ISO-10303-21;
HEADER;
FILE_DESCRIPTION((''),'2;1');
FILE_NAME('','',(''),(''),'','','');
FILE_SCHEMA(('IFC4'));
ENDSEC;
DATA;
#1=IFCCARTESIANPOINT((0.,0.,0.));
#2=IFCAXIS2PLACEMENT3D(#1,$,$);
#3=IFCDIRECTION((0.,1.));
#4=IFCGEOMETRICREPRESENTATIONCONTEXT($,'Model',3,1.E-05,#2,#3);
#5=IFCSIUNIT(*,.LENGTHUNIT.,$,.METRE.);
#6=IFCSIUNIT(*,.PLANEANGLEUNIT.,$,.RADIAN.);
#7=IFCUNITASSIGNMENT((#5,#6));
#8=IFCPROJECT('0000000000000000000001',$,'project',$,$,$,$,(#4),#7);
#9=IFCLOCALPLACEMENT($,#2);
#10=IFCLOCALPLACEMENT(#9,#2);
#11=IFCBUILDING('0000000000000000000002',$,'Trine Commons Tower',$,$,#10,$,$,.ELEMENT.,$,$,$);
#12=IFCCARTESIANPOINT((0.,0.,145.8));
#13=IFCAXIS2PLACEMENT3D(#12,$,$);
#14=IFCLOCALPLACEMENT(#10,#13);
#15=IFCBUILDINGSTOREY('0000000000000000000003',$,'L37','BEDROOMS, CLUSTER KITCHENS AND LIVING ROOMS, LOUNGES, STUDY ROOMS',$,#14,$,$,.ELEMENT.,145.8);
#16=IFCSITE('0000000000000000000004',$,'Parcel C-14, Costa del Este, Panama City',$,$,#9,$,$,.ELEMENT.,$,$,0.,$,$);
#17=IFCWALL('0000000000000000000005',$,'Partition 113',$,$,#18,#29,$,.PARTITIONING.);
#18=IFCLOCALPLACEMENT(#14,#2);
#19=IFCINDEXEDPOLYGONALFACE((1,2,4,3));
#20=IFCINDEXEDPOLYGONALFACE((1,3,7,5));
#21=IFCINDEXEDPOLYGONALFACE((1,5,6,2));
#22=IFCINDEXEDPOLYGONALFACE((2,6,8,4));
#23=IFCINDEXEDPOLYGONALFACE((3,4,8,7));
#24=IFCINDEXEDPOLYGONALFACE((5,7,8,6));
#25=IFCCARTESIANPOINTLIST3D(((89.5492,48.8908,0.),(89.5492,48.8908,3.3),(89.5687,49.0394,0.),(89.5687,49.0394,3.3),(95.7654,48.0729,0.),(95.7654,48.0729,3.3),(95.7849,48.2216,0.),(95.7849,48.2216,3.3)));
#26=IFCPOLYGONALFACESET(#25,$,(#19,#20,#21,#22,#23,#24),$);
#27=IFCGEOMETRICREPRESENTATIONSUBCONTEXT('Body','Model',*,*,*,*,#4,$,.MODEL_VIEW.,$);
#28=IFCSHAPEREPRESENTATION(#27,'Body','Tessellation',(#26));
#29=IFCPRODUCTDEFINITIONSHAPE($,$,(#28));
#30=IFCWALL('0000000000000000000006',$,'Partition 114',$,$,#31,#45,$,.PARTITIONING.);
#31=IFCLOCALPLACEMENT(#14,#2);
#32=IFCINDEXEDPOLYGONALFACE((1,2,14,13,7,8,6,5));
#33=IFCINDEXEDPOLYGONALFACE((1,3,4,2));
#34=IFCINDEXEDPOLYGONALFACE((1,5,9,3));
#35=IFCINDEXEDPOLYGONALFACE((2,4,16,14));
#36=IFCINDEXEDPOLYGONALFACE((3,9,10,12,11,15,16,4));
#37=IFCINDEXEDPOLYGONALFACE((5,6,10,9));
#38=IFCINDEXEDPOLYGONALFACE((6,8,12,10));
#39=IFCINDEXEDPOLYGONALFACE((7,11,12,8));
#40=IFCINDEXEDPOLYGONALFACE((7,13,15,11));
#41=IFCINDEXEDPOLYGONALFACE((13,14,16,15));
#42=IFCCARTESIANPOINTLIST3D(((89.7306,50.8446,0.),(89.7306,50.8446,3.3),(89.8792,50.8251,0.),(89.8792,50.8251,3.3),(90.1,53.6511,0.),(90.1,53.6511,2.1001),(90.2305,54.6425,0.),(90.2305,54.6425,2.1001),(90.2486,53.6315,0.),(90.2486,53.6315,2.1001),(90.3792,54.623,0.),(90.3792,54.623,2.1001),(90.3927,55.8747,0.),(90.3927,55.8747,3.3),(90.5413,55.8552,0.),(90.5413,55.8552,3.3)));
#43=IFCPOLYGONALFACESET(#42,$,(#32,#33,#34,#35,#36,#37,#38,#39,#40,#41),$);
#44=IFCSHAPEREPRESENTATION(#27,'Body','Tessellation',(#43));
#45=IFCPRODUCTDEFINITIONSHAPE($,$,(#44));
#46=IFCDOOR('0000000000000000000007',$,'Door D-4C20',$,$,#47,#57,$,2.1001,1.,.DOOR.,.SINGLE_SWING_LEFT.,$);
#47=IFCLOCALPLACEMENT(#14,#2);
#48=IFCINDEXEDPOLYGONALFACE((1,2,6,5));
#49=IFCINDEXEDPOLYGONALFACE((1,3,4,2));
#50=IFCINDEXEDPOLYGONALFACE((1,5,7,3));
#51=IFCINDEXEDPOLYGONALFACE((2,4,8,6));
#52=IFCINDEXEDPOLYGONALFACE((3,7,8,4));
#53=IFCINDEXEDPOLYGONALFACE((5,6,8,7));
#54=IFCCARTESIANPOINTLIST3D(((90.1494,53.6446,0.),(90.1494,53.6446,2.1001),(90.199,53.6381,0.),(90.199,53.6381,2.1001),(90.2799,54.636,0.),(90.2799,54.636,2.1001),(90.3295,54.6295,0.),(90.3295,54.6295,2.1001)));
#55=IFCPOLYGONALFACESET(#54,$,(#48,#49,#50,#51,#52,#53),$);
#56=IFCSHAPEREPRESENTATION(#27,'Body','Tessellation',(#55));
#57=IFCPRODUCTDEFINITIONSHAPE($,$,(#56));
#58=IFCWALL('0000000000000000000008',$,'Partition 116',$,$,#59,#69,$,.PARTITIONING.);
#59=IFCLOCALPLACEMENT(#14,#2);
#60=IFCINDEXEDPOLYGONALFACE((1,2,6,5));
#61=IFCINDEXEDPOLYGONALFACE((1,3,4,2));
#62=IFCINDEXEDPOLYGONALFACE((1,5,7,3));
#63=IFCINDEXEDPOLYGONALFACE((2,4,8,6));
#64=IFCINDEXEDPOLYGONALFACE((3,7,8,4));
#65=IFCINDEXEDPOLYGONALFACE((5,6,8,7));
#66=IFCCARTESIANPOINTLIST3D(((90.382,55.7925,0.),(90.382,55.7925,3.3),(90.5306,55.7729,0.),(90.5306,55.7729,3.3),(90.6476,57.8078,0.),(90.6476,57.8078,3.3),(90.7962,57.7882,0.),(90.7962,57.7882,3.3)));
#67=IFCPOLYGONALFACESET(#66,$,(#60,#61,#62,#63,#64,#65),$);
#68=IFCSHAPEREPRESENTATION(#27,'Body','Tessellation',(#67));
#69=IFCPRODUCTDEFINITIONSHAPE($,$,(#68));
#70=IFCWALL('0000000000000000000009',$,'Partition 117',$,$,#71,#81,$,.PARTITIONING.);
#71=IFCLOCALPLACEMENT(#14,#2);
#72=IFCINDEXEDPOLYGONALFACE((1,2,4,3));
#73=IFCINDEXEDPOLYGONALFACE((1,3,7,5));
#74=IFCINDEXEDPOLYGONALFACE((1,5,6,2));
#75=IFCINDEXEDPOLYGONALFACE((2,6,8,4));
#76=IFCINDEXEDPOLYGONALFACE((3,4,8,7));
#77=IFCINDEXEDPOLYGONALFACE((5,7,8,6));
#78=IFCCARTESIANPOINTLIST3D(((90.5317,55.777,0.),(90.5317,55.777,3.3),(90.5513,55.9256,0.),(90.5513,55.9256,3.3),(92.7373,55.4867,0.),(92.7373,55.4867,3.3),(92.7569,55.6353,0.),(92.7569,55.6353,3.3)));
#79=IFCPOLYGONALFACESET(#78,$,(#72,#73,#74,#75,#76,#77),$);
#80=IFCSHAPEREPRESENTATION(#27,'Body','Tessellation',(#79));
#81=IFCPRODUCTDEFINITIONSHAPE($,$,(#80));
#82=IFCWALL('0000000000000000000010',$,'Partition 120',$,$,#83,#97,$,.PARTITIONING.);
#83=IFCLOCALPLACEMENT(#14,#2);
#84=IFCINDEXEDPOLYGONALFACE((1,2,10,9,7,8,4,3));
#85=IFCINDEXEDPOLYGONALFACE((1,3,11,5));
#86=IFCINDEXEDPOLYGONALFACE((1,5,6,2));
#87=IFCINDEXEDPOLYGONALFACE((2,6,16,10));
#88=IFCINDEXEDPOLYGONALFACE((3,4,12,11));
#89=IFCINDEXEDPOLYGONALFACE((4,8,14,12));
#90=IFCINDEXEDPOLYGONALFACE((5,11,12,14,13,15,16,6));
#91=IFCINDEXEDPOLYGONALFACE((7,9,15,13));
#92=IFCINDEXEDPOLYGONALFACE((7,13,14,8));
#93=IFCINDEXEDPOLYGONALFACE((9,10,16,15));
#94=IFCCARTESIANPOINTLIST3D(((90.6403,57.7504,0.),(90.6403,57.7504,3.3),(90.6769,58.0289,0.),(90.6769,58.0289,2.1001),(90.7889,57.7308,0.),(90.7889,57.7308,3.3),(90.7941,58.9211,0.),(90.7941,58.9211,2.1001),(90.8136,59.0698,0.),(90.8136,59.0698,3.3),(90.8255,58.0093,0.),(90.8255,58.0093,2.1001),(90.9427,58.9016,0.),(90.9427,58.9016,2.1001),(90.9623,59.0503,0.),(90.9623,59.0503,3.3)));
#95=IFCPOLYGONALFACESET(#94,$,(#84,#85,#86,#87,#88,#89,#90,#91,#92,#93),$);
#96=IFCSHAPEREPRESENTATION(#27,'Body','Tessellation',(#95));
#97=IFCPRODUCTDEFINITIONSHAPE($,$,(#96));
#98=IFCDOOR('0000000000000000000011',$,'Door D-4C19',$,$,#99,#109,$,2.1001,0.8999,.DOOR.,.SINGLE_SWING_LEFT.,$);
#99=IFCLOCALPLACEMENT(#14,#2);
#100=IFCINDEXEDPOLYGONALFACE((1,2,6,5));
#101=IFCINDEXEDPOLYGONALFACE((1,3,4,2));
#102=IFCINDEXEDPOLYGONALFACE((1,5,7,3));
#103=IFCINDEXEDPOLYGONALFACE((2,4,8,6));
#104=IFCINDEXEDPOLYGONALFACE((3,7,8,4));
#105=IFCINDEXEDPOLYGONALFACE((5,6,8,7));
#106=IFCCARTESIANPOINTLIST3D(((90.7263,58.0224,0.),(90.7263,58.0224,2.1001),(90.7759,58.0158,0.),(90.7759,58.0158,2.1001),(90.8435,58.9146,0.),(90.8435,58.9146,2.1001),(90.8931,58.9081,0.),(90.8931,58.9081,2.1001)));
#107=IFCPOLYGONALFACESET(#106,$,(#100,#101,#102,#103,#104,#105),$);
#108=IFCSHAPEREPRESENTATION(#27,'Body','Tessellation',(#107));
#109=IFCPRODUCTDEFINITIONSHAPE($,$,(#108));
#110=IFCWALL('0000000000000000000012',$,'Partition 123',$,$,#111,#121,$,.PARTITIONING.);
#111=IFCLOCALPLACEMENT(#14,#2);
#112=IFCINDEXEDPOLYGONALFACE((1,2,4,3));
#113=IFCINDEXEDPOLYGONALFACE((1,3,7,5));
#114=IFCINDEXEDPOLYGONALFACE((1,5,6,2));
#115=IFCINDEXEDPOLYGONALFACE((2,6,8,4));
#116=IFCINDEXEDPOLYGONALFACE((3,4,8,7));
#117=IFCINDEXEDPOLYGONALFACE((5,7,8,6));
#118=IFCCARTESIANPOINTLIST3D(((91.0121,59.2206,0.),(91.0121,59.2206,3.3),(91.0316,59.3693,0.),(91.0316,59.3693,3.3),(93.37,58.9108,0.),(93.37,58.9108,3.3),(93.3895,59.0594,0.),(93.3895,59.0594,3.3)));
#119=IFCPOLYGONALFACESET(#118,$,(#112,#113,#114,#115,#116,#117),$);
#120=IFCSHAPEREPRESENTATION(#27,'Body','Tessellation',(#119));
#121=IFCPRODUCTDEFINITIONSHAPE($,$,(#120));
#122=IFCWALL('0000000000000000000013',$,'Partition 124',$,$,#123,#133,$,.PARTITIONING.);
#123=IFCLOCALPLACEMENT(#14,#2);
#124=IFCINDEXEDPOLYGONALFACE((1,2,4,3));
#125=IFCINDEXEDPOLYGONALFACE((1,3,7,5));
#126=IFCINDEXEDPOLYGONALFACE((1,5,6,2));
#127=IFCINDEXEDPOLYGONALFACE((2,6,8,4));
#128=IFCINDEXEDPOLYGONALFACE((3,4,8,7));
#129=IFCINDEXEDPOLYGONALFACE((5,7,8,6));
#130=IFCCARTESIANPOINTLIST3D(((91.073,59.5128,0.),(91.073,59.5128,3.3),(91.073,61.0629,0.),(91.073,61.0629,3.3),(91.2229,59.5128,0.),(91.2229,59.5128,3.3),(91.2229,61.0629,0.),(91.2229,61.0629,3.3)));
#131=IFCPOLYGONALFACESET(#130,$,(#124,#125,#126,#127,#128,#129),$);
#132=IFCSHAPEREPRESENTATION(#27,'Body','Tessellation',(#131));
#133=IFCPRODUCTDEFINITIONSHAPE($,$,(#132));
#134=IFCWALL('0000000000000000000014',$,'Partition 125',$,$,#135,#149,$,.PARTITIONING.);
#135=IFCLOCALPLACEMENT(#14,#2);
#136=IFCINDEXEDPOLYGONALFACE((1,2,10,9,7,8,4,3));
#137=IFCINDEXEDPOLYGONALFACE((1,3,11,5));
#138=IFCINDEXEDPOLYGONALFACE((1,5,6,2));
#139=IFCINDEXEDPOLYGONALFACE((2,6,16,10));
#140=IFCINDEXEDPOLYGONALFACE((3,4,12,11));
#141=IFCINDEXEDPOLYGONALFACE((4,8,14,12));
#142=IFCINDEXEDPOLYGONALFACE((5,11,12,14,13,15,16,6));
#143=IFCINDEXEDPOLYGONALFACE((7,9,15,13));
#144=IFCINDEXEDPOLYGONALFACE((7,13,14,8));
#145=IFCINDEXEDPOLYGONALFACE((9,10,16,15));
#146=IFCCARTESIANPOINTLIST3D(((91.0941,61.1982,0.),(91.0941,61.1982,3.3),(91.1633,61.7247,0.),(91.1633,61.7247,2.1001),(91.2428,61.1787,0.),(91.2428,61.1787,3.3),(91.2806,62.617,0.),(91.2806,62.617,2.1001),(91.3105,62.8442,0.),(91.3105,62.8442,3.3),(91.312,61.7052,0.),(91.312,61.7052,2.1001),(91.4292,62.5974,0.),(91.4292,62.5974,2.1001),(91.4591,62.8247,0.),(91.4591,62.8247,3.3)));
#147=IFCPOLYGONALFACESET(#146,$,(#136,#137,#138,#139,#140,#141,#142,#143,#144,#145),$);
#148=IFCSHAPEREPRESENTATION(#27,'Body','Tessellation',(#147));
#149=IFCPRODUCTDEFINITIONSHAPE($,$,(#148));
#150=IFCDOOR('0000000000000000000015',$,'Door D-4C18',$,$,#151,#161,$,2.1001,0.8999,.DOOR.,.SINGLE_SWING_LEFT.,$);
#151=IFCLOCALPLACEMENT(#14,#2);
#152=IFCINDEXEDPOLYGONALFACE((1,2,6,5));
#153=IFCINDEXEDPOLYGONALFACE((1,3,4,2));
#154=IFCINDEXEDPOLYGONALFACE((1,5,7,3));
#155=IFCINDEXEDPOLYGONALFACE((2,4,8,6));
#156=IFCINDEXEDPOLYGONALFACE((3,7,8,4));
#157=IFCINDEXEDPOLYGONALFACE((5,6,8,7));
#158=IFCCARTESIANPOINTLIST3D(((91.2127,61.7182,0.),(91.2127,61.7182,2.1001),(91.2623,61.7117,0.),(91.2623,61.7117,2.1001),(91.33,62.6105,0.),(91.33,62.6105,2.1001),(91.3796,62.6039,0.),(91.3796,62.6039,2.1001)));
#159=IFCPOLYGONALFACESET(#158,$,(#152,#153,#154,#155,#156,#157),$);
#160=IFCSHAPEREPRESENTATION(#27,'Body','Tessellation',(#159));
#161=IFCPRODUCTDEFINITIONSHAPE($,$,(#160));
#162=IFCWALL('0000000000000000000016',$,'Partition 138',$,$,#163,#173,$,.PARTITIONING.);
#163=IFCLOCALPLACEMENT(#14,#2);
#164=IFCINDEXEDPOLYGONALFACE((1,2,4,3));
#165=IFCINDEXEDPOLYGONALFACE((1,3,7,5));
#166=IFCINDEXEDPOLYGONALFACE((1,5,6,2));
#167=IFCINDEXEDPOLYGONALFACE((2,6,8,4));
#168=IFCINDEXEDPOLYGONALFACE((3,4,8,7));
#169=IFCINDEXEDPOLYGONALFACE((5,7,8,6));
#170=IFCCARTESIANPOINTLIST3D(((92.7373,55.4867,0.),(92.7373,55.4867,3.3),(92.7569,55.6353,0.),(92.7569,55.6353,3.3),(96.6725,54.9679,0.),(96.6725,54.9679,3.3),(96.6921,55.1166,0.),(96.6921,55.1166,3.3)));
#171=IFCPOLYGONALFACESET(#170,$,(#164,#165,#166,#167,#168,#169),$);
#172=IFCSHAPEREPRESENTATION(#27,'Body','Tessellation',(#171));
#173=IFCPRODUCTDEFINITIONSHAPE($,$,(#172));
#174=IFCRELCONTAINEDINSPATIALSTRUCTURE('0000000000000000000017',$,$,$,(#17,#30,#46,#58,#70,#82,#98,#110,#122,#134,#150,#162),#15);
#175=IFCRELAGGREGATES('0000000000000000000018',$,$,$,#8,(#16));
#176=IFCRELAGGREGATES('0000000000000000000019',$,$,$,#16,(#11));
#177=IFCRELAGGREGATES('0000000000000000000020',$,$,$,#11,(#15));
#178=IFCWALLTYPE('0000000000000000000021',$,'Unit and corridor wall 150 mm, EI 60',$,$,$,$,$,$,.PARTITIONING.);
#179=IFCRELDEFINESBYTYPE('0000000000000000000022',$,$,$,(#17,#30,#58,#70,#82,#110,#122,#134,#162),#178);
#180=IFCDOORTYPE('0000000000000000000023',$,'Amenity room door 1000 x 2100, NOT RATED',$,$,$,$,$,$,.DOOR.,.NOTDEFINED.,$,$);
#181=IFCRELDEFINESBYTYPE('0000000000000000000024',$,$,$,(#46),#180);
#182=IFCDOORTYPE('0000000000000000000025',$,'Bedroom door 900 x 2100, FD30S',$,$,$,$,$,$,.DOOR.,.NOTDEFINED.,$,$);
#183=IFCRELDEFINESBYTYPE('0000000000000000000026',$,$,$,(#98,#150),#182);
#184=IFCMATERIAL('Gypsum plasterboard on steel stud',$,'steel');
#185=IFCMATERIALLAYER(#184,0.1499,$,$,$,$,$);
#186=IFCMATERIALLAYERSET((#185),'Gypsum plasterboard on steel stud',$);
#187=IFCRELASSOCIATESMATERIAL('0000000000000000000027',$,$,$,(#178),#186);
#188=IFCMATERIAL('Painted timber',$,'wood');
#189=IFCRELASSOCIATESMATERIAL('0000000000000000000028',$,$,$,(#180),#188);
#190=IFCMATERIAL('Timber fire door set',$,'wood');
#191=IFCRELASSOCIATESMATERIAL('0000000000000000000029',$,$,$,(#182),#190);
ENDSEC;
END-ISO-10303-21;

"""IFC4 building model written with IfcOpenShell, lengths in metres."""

from ifc_helpers import new_model, si_unit, direction, frame, frame_2d, origin, place, context, subcontext, project, spatial, rectangle, extrude, material, layer, layer_set, type_object, element, fill, save


model = new_model("IFC4")

# Units and contexts
model_context = context("Model", 3, precision=1e-05, world=origin(), true_north=direction((0.0, 1.0)))
body_context = subcontext(model_context, "Body", "Model", "MODEL_VIEW")
ifc_project = project(units=[si_unit("LENGTHUNIT", "METRE"), si_unit("PLANEANGLEUNIT", "RADIAN")], contexts=[model_context])

# Site, building, storey
site_placement = place(None, origin())
site = spatial("IfcSite", under=ifc_project, at=site_placement, Name="Parcel C-14, Costa del Este, Panama City", CompositionType="ELEMENT", RefElevation=0.0)
building_placement = place(site_placement, origin())
building = spatial("IfcBuilding", under=site, at=building_placement, Name="Trine Commons Tower", CompositionType="ELEMENT")
storey_placement = place(building_placement, frame((0.0, 0.0, 145.8)))
storey = spatial("IfcBuildingStorey", under=building, at=storey_placement, Name="L37", Description="BEDROOMS, CLUSTER KITCHENS AND LIVING ROOMS, LOUNGES, STUDY ROOMS", CompositionType="ELEMENT", Elevation=145.8)

# Wall
ifc_material_1 = material(Name="Gypsum plasterboard on steel stud", Category="steel")
ifc_layer_1 = layer(ifc_material_1, 0.1499)
ifc_layer_set_1 = layer_set([ifc_layer_1], Name="Gypsum plasterboard on steel stud")
wall_type_1 = type_object("IfcWallType", Name="Unit and corridor wall 150 mm, EI 60", PredefinedType="PARTITIONING", material=ifc_layer_set_1)
wall_1_placement = place(storey_placement, frame((89.5591, 48.9651, 0.0), z_axis=(0.0, 0.0, 1.0), x_axis=(0.991456, -0.130444, 0.0)))
element("IfcWall", 1, at=wall_1_placement, inside=storey, type_object=wall_type_1, Name="Partition 113", PredefinedType="PARTITIONING", context=body_context, shape_type="SweptSolid", body=[
    extrude(rectangle(XDim=6.2698, YDim=0.1499, at=frame_2d((3.1348, 0.0))), origin(), (0.0, 0.0, 1.0), 3.3),
])

# Wall, opening, door
wall_2_placement = place(storey_placement, frame((89.8049, 50.835, 0.0), z_axis=(0.0, 0.0, 1.0), x_axis=(0.130506, 0.991448, 0.0)))
wall_2 = element("IfcWall", 2, at=wall_2_placement, inside=storey, type_object=wall_type_1, Name="Partition 114", PredefinedType="PARTITIONING", context=body_context, shape_type="SweptSolid", body=[
    extrude(rectangle(XDim=5.0735, YDim=0.1499, at=frame_2d((2.5366, 0.0))), origin(), (0.0, 0.0, 1.0), 3.3),
])
opening_1_placement = place(wall_2_placement, frame((2.8306, 0.0, 0.0)))
opening_1 = element("IfcOpeningElement", 3, at=opening_1_placement, cuts=wall_2, PredefinedType="OPENING", context=body_context, shape_type="SweptSolid", body=[
    extrude(rectangle(XDim=1.0, YDim=2.1001, at=frame_2d((0.5, 1.05))), frame((0.0, 0.085, 0.0), z_axis=(0.0, -1.0, 0.0), x_axis=(1.0, 0.0, 0.0)), (0.0, 0.0, 1.0), 0.1699),
])
ifc_material_2 = material(Name="Painted timber", Category="wood")
door_type_1 = type_object("IfcDoorType", Name="Amenity room door 1000 x 2100, NOT RATED", OperationType="NOTDEFINED", PredefinedType="DOOR", material=ifc_material_2)
door_1_placement = place(opening_1_placement, frame((1.0, 0.0, 0.0), z_axis=(0.0, 0.0, 1.0), x_axis=(-1.0, 0.0, 0.0)))
door_1 = element("IfcDoor", 4, at=door_1_placement, inside=storey, type_object=door_type_1, Name="Door D-4C20", OperationType="SINGLE_SWING_LEFT", OverallHeight=2.1001, OverallWidth=1.0, PredefinedType="DOOR", context=body_context, shape_type="SweptSolid", body=[
    extrude(rectangle(XDim=1.0, YDim=2.1001, at=frame_2d((0.5, 1.05))), frame((0.0, 0.0249, 0.0), z_axis=(0.0, -1.0, 0.0), x_axis=(1.0, 0.0, 0.0)), (0.0, 0.0, 1.0), 0.05),
])
fill(opening_1, door_1)

# Walls
wall_3_placement = place(storey_placement, frame((90.4563, 55.7827, 0.0), z_axis=(0.0, 0.0, 1.0), x_axis=(0.130669, 0.991426, 0.0)))
element("IfcWall", 5, at=wall_3_placement, inside=storey, type_object=wall_type_1, Name="Partition 116", PredefinedType="PARTITIONING", context=body_context, shape_type="SweptSolid", body=[
    extrude(rectangle(XDim=2.0327, YDim=0.1499, at=frame_2d((1.0164, 0.0))), origin(), (0.0, 0.0, 1.0), 3.3),
])
wall_4_placement = place(storey_placement, frame((90.5415, 55.8513, 0.0), z_axis=(0.0, 0.0, 1.0), x_axis=(0.99145, -0.130489, 0.0)))
element("IfcWall", 6, at=wall_4_placement, inside=storey, type_object=wall_type_1, Name="Partition 117", PredefinedType="PARTITIONING", context=body_context, shape_type="SweptSolid", body=[
    extrude(rectangle(XDim=2.2246, YDim=0.1499, at=frame_2d((1.1123, 0.0))), origin(), (0.0, 0.0, 1.0), 3.3),
])

# Wall, opening, door
wall_5_placement = place(storey_placement, frame((90.7146, 57.7405, 0.0), z_axis=(0.0, 0.0, 1.0), x_axis=(0.130241, 0.991482, 0.0)))
wall_5 = element("IfcWall", 7, at=wall_5_placement, inside=storey, type_object=wall_type_1, Name="Partition 120", PredefinedType="PARTITIONING", context=body_context, shape_type="SweptSolid", body=[
    extrude(rectangle(XDim=1.3308, YDim=0.1499, at=frame_2d((0.6655, 0.0))), origin(), (0.0, 0.0, 1.0), 3.3),
])
opening_2_placement = place(wall_5_placement, frame((0.281, 0.0, 0.0)))
opening_2 = element("IfcOpeningElement", 8, at=opening_2_placement, cuts=wall_5, PredefinedType="OPENING", context=body_context, shape_type="SweptSolid", body=[
    extrude(rectangle(XDim=0.8999, YDim=2.1001, at=frame_2d((0.45, 1.05))), frame((0.0, 0.085, 0.0), z_axis=(0.0, -1.0, 0.0), x_axis=(1.0, 0.0, 0.0)), (0.0, 0.0, 1.0), 0.1699),
])
ifc_material_3 = material(Name="Timber fire door set", Category="wood")
door_type_2 = type_object("IfcDoorType", Name="Bedroom door 900 x 2100, FD30S", OperationType="NOTDEFINED", PredefinedType="DOOR", material=ifc_material_3)
door_2_placement = place(opening_2_placement, frame((0.8999, 0.0, 0.0), z_axis=(0.0, 0.0, 1.0), x_axis=(-1.0, 0.0, 0.0)))
door_2 = element("IfcDoor", 9, at=door_2_placement, inside=storey, type_object=door_type_2, Name="Door D-4C19", OperationType="SINGLE_SWING_LEFT", OverallHeight=2.1001, OverallWidth=0.8999, PredefinedType="DOOR", context=body_context, shape_type="SweptSolid", body=[
    extrude(rectangle(XDim=0.8999, YDim=2.1001, at=frame_2d((0.45, 1.05))), frame((0.0, 0.0249, 0.0), z_axis=(0.0, -1.0, 0.0), x_axis=(1.0, 0.0, 0.0)), (0.0, 0.0, 1.0), 0.05),
])
fill(opening_2, door_2)

# Walls
wall_6_placement = place(storey_placement, frame((91.022, 59.2949, 0.0), z_axis=(0.0, 0.0, 1.0), x_axis=(0.991478, -0.130274, 0.0)))
element("IfcWall", 10, at=wall_6_placement, inside=storey, type_object=wall_type_1, Name="Partition 123", PredefinedType="PARTITIONING", context=body_context, shape_type="SweptSolid", body=[
    extrude(rectangle(XDim=2.3782, YDim=0.1499, at=frame_2d((1.189, 0.0))), origin(), (0.0, 0.0, 1.0), 3.3),
])
wall_7_placement = place(storey_placement, frame((91.1479, 59.5129, 0.0), z_axis=(0.0, 0.0, 1.0), x_axis=(0.0, 1.0, 0.0)))
element("IfcWall", 11, at=wall_7_placement, inside=storey, type_object=wall_type_1, Name="Partition 124", PredefinedType="PARTITIONING", context=body_context, shape_type="SweptSolid", body=[
    extrude(rectangle(XDim=1.55, YDim=0.1499, at=frame_2d((0.7749, 0.0))), origin(), (0.0, 0.0, 1.0), 3.3),
])

# Wall, opening, door
wall_8_placement = place(storey_placement, frame((91.1685, 61.1885, 0.0), z_axis=(0.0, 0.0, 1.0), x_axis=(0.130295, 0.991475, 0.0)))
wall_8 = element("IfcWall", 12, at=wall_8_placement, inside=storey, type_object=wall_type_1, Name="Partition 125", PredefinedType="PARTITIONING", context=body_context, shape_type="SweptSolid", body=[
    extrude(rectangle(XDim=1.6602, YDim=0.1499, at=frame_2d((0.8301, 0.0))), origin(), (0.0, 0.0, 1.0), 3.3),
])
opening_3_placement = place(wall_8_placement, frame((0.531, 0.0, 0.0)))
opening_3 = element("IfcOpeningElement", 13, at=opening_3_placement, cuts=wall_8, PredefinedType="OPENING", context=body_context, shape_type="SweptSolid", body=[
    extrude(rectangle(XDim=0.8999, YDim=2.1001, at=frame_2d((0.45, 1.05))), frame((0.0, 0.085, 0.0), z_axis=(0.0, -1.0, 0.0), x_axis=(1.0, 0.0, 0.0)), (0.0, 0.0, 1.0), 0.1699),
])
door_3_placement = place(opening_3_placement, frame((0.8999, 0.0, 0.0), z_axis=(0.0, 0.0, 1.0), x_axis=(-1.0, 0.0, 0.0)))
door_3 = element("IfcDoor", 14, at=door_3_placement, inside=storey, type_object=door_type_2, Name="Door D-4C18", OperationType="SINGLE_SWING_LEFT", OverallHeight=2.1001, OverallWidth=0.8999, PredefinedType="DOOR", context=body_context, shape_type="SweptSolid", body=[
    extrude(rectangle(XDim=0.8999, YDim=2.1001, at=frame_2d((0.45, 1.05))), frame((0.0, 0.0249, 0.0), z_axis=(0.0, -1.0, 0.0), x_axis=(1.0, 0.0, 0.0)), (0.0, 0.0, 1.0), 0.05),
])
fill(opening_3, door_3)

# Wall
wall_9_placement = place(storey_placement, frame((92.7471, 55.561, 0.0), z_axis=(0.0, 0.0, 1.0), x_axis=(0.991422, -0.130701, 0.0)))
element("IfcWall", 15, at=wall_9_placement, inside=storey, type_object=wall_type_1, Name="Partition 138", PredefinedType="PARTITIONING", context=body_context, shape_type="SweptSolid", body=[
    extrude(rectangle(XDim=3.9692, YDim=0.1499, at=frame_2d((1.9846, 0.0))), origin(), (0.0, 0.0, 1.0), 3.3),
])

save(model, "model.ifc")
